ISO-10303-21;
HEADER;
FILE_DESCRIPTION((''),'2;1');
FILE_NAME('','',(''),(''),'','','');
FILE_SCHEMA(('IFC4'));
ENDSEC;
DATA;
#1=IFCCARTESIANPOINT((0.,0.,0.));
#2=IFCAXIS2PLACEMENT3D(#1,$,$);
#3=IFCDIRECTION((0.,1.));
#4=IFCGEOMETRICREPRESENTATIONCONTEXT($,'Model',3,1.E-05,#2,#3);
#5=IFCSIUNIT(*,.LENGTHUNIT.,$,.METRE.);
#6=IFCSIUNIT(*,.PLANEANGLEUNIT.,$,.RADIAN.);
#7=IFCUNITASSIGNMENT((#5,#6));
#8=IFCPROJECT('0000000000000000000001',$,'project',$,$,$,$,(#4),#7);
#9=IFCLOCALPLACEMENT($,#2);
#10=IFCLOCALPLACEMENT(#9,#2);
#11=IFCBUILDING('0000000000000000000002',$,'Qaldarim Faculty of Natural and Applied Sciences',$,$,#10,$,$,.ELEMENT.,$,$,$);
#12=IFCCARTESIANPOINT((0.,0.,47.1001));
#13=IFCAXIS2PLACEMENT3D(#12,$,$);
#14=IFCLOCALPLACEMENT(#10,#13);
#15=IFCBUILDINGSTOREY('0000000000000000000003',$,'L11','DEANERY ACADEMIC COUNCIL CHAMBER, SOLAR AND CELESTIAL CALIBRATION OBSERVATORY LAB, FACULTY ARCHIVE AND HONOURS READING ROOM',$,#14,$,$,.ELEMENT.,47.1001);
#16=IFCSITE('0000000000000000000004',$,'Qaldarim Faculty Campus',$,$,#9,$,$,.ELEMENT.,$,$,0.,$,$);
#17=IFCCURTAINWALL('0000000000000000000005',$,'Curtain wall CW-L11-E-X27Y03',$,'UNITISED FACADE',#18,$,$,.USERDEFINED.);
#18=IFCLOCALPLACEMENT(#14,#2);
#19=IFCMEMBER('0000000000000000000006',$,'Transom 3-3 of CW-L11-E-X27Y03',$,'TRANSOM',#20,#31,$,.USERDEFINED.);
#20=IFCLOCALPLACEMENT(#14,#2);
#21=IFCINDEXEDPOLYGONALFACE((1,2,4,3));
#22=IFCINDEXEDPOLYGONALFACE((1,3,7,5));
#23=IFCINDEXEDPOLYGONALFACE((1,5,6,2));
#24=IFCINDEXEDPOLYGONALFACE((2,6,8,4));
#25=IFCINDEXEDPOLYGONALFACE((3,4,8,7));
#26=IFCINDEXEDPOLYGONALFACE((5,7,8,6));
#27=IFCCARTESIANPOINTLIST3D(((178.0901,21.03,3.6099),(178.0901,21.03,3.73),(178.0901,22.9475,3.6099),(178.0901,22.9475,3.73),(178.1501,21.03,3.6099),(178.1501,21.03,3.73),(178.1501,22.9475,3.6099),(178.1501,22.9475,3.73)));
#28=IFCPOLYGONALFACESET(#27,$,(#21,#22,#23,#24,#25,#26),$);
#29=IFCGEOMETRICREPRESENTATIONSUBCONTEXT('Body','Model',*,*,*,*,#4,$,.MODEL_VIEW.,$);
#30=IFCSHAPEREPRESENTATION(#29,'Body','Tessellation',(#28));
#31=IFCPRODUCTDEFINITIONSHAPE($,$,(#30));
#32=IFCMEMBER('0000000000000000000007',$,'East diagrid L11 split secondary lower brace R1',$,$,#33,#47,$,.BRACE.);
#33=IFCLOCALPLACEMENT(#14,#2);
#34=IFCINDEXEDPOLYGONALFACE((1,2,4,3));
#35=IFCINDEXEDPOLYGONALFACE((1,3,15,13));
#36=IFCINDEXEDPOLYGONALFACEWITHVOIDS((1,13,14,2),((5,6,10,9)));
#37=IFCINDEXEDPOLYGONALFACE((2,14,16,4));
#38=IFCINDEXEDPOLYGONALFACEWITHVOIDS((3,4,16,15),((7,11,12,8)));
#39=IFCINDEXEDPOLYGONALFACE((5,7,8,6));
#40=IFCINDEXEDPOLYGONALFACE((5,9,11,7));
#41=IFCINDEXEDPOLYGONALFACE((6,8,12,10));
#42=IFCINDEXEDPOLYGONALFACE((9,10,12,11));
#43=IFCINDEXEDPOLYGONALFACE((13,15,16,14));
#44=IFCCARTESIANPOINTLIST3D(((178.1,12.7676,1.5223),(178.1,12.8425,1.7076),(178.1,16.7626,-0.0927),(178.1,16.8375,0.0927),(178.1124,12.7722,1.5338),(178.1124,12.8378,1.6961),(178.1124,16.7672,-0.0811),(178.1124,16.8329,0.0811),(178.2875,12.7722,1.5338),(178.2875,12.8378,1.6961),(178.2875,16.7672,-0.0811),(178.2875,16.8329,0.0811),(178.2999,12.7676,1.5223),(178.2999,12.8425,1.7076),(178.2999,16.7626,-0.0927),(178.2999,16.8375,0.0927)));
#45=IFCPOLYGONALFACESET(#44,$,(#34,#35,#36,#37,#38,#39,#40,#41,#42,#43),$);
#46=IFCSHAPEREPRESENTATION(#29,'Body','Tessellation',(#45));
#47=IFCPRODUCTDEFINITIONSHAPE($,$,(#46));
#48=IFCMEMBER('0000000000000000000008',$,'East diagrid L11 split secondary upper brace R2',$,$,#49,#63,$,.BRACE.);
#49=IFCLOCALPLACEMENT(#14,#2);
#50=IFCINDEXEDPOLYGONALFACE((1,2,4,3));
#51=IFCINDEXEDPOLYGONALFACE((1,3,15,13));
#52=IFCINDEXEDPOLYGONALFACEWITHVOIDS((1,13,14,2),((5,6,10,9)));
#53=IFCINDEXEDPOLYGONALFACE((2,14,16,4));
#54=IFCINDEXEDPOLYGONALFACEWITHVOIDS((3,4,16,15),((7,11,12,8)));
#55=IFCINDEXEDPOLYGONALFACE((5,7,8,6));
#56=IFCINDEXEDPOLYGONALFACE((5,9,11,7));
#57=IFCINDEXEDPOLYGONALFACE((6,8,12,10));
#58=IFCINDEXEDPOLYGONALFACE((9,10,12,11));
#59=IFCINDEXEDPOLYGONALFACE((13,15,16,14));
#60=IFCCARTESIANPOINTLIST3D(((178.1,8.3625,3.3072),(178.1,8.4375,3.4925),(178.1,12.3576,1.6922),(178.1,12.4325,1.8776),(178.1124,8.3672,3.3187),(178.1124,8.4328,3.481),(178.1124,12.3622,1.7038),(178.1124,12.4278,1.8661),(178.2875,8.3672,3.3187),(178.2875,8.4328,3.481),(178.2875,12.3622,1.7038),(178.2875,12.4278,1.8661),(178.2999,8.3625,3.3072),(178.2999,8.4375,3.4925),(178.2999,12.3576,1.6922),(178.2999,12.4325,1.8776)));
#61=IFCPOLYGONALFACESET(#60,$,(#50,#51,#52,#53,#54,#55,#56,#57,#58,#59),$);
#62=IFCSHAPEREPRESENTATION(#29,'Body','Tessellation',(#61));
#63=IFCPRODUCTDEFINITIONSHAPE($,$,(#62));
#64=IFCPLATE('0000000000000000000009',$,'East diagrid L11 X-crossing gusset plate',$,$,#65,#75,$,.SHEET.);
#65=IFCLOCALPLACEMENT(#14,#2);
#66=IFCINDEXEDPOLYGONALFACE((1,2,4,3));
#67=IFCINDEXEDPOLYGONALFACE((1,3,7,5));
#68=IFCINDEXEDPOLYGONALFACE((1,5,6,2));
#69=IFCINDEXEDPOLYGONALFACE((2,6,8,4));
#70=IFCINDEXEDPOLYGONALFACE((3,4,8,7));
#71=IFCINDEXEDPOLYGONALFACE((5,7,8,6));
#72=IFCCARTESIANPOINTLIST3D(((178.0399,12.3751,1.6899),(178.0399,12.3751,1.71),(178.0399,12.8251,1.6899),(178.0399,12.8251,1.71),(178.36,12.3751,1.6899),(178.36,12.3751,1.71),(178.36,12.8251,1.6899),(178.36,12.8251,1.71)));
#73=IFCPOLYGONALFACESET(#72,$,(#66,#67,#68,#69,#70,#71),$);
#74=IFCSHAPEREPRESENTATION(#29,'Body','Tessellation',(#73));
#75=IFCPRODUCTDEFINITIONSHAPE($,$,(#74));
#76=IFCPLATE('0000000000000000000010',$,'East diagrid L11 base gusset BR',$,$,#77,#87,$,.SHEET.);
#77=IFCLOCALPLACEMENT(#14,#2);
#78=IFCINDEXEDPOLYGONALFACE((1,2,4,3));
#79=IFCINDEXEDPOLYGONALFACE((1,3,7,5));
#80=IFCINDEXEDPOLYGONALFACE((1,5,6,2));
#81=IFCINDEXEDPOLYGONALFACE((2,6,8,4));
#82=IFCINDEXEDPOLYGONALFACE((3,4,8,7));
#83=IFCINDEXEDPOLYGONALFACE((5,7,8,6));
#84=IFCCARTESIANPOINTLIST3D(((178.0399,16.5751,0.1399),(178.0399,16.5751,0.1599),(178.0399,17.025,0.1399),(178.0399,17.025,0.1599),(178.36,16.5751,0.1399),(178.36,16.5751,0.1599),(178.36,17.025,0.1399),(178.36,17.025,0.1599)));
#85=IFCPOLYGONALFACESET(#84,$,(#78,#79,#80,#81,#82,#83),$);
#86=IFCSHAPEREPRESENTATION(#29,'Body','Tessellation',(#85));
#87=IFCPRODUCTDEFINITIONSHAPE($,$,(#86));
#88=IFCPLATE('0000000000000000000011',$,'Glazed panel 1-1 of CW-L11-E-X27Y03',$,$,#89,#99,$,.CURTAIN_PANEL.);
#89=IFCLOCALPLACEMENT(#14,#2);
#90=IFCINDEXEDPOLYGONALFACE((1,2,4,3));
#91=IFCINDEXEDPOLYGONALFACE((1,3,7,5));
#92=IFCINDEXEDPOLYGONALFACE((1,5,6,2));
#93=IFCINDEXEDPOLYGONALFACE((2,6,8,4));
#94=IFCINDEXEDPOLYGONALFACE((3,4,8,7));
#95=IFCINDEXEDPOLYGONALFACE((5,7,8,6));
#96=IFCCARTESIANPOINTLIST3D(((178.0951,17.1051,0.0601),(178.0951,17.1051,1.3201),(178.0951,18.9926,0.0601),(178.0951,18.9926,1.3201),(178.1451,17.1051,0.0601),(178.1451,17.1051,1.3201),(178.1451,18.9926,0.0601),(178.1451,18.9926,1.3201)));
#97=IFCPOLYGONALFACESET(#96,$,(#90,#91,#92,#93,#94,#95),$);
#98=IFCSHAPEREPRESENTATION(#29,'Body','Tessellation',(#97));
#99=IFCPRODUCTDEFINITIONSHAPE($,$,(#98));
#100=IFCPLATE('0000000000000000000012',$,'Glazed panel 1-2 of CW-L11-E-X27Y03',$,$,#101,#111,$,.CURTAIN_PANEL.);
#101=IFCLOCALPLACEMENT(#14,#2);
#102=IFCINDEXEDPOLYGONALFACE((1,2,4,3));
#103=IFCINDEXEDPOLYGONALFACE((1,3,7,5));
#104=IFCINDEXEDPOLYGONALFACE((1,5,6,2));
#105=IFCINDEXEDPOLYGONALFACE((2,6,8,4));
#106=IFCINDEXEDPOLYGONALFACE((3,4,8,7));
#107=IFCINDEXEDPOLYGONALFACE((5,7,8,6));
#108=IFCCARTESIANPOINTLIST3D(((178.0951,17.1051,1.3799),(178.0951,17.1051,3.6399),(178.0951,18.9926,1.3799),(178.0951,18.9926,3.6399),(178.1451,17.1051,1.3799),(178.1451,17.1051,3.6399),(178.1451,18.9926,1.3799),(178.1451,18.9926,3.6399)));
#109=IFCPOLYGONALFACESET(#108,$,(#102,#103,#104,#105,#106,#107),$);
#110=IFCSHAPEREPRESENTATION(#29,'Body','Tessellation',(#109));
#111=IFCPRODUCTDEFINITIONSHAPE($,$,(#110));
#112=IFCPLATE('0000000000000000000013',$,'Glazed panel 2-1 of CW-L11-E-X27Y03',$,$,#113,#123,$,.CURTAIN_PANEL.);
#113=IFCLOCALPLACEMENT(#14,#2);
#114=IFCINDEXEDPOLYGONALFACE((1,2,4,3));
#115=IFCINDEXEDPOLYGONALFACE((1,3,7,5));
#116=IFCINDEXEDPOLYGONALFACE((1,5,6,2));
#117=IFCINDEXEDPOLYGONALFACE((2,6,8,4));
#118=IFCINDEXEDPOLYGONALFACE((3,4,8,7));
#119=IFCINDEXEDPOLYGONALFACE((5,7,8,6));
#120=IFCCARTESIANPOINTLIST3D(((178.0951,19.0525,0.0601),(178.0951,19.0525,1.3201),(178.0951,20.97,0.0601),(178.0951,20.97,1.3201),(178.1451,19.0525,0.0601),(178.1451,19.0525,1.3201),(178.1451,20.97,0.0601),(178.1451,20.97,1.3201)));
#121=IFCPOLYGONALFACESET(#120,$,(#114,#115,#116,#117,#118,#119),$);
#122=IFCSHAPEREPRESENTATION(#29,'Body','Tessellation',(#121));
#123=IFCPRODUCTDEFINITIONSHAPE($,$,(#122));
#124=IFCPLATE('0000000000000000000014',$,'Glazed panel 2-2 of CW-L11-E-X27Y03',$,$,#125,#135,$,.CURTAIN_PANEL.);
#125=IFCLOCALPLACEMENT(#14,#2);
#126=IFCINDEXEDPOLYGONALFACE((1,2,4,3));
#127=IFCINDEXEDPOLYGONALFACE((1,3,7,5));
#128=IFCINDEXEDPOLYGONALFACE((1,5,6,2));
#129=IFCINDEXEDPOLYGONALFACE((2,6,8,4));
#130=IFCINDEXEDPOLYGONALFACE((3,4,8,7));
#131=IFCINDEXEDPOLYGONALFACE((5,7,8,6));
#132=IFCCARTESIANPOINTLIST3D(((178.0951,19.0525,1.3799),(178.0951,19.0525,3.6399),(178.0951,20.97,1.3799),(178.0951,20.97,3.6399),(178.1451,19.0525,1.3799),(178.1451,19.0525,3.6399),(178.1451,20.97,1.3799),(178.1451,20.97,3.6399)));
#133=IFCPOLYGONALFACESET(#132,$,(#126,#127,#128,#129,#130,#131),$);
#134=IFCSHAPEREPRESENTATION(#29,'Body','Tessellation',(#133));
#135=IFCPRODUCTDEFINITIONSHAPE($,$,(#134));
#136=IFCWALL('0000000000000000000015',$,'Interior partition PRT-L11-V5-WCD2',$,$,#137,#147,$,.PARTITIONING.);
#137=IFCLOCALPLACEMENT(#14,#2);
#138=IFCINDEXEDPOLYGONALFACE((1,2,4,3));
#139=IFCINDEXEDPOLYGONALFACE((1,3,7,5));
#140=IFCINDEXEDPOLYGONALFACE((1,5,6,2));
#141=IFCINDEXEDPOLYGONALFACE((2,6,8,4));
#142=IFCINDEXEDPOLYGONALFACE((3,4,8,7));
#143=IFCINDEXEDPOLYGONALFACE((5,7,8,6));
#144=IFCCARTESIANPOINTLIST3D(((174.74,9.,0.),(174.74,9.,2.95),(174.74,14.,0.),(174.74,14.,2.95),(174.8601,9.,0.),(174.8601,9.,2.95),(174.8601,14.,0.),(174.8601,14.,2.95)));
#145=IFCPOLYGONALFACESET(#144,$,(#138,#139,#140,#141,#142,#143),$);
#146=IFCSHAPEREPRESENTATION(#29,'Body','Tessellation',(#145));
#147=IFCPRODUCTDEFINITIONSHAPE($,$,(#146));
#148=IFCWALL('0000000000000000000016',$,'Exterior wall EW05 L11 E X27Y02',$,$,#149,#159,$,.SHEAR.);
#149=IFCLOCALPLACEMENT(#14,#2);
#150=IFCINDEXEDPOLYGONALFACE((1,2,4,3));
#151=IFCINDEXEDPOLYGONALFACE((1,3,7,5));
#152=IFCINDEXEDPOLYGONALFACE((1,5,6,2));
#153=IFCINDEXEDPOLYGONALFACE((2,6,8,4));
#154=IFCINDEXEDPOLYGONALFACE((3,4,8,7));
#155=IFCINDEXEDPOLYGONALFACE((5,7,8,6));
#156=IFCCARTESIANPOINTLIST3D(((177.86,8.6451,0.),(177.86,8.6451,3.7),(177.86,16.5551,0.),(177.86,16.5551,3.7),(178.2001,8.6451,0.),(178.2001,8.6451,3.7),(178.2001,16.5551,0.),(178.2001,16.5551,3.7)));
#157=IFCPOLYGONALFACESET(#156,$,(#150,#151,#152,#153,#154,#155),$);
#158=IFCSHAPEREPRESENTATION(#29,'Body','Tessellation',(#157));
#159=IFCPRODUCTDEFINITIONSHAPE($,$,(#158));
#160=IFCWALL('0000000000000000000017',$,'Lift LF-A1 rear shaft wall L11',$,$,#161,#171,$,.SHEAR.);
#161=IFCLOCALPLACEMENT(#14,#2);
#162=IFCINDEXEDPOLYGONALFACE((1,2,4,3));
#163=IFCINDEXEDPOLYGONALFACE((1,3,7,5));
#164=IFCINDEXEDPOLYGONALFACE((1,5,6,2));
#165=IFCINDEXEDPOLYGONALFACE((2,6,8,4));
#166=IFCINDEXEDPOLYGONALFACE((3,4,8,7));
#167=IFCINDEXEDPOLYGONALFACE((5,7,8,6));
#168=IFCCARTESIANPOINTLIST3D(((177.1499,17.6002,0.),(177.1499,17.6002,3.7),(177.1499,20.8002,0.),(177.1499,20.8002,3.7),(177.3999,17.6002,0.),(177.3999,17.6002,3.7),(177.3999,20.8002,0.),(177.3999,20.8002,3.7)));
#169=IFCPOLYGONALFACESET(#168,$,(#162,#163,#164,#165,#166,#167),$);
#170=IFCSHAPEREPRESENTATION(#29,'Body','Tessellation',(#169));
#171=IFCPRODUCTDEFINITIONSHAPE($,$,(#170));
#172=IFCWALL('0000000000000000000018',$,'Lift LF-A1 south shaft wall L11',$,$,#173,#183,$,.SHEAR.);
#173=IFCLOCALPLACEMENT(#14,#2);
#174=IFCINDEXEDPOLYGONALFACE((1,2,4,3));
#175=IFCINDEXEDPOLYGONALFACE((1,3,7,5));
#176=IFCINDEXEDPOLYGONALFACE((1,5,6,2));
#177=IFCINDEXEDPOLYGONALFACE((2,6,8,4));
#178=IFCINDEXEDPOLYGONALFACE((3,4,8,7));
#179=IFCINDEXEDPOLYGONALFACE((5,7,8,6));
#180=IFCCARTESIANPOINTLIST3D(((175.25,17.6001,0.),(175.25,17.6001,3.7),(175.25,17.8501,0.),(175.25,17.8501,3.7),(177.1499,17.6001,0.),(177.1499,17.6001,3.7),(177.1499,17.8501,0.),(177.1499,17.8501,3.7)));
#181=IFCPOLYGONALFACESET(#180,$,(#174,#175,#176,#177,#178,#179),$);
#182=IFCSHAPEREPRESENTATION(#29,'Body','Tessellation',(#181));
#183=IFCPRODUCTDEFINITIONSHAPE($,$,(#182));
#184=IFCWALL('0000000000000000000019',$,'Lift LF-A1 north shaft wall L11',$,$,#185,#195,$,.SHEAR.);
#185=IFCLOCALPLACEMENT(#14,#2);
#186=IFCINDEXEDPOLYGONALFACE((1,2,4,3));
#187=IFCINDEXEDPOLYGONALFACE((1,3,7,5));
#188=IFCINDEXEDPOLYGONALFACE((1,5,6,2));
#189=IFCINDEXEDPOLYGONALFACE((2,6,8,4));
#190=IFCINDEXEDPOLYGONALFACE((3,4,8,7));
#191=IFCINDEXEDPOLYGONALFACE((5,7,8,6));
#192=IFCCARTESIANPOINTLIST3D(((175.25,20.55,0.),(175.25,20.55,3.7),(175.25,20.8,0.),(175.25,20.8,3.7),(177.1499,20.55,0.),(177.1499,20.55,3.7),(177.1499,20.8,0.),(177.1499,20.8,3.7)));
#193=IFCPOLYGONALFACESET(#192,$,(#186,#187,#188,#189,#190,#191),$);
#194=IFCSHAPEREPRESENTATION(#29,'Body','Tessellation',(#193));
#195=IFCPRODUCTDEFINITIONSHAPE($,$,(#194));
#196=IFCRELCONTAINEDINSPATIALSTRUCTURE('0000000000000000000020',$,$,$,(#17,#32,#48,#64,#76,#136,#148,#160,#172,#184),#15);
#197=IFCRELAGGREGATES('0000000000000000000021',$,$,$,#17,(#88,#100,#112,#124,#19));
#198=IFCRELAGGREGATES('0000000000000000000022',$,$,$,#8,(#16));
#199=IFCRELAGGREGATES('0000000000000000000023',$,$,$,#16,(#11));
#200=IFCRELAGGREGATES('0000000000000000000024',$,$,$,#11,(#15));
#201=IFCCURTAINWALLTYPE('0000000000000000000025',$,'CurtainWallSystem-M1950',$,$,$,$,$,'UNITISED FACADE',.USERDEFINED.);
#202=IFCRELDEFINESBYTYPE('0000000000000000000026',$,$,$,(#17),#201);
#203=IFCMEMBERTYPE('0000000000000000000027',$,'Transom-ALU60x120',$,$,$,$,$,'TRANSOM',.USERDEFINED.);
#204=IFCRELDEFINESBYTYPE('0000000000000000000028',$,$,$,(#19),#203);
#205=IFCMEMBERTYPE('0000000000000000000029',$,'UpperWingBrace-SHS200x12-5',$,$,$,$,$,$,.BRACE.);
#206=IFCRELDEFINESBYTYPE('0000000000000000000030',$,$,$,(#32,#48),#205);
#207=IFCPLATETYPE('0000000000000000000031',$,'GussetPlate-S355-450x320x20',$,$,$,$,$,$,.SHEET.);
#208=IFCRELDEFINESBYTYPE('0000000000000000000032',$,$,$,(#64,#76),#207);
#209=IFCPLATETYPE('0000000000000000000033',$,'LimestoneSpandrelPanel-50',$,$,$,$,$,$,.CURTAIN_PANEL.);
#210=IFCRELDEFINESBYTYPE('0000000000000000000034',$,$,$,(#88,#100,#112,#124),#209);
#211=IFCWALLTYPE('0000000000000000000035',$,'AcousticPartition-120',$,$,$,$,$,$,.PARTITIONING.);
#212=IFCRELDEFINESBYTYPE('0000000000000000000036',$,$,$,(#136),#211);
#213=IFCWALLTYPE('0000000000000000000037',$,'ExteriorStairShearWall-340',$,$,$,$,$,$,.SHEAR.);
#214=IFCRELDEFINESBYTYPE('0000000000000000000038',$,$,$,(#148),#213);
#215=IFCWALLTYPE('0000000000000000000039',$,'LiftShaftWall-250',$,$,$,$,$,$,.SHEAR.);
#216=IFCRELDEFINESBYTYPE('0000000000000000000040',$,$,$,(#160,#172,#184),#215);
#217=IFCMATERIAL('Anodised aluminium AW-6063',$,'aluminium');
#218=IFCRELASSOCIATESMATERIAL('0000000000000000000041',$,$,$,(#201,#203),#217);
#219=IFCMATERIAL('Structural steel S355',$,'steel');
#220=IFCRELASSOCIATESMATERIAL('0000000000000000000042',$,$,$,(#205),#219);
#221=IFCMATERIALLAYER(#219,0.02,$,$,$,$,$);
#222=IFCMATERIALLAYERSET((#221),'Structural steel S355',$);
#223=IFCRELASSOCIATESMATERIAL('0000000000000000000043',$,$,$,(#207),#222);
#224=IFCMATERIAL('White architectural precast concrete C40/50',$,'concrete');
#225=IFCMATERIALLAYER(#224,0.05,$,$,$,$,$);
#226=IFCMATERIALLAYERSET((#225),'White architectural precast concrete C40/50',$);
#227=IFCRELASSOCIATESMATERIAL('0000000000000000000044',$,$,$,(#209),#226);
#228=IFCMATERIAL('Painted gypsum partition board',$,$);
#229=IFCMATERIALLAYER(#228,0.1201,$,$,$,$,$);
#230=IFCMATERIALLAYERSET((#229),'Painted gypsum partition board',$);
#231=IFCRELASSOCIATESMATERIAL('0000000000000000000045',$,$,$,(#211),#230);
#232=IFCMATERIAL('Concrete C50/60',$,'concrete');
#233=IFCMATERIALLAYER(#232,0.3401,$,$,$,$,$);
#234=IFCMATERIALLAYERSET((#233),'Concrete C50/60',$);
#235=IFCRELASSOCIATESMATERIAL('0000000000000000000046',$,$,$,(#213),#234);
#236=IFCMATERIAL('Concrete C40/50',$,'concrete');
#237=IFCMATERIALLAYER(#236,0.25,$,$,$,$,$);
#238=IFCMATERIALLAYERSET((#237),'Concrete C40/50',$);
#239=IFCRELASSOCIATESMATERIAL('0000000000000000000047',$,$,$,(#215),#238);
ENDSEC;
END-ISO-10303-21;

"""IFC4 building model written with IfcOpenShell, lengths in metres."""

from ifc_helpers import new_model, si_unit, direction, frame, frame_2d, origin, origin_2d, place, context, subcontext, project, spatial, rectangle, hollow_rectangle, extrude, material, layer, layer_set, material_profile, profile_set, type_object, element, aggregate, save


model = new_model("IFC4")

# Units and contexts
model_context = context("Model", 3, precision=1e-05, world=origin(), true_north=direction((0.0, 1.0)))
body_context = subcontext(model_context, "Body", "Model", "MODEL_VIEW")
ifc_project = project(units=[si_unit("LENGTHUNIT", "METRE"), si_unit("PLANEANGLEUNIT", "RADIAN")], contexts=[model_context])

# Site, building, storey
site_placement = place(None, origin())
site = spatial("IfcSite", under=ifc_project, at=site_placement, Name="Qaldarim Faculty Campus", CompositionType="ELEMENT", RefElevation=0.0)
building_placement = place(site_placement, origin())
building = spatial("IfcBuilding", under=site, at=building_placement, Name="Qaldarim Faculty of Natural and Applied Sciences", CompositionType="ELEMENT")
storey_placement = place(building_placement, frame((0.0, 0.0, 47.1001)))
storey = spatial("IfcBuildingStorey", under=building, at=storey_placement, Name="L11", Description="DEANERY ACADEMIC COUNCIL CHAMBER, SOLAR AND CELESTIAL CALIBRATION OBSERVATORY LAB, FACULTY ARCHIVE AND HONOURS READING ROOM", CompositionType="ELEMENT", Elevation=47.1001)

# Shared definitions
ifc_material_1 = material(Name="Concrete C50/60", Category="concrete")

# Shared definitions
ifc_material_2 = material(Name="Concrete C40/50", Category="concrete")

# Curtain wall
ifc_material_3 = material(Name="Anodised aluminium AW-6063", Category="aluminium")
curtain_wall_type = type_object("IfcCurtainWallType", Name="CurtainWallSystem-M1950", ElementType="UNITISED FACADE", PredefinedType="USERDEFINED", material=ifc_material_3)
curtain_wall_placement = place(storey_placement, origin())
curtain_wall = element("IfcCurtainWall", 1, at=curtain_wall_placement, inside=storey, type_object=curtain_wall_type, Name="Curtain wall CW-L11-E-X27Y03", ObjectType="UNITISED FACADE", PredefinedType="USERDEFINED")

# Member
ifc_material_profile_1 = material_profile(ifc_material_3, rectangle(XDim=0.0601, YDim=0.1201, at=origin_2d()), Name="ALU-T60x120")
ifc_profile_set_1 = profile_set([ifc_material_profile_1], Name="Anodised aluminium AW-6063")
member_type_1 = type_object("IfcMemberType", Name="Transom-ALU60x120", ElementType="TRANSOM", PredefinedType="USERDEFINED", material=ifc_profile_set_1)
member_1_placement = place(storey_placement, frame((178.1201, 21.03, 3.6699), z_axis=(0.0, 1.0, 0.0), x_axis=(-1.0, 0.0, 0.0)))
member_1 = element("IfcMember", 2, at=member_1_placement, type_object=member_type_1, Name="Transom 3-3 of CW-L11-E-X27Y03", ObjectType="TRANSOM", PredefinedType="USERDEFINED", context=body_context, shape_type="SweptSolid", body=[
    extrude(rectangle(XDim=0.0601, YDim=0.1201, at=origin_2d()), origin(), (0.0, 0.0, 1.0), 1.9175),
])

# Members
ifc_material_4 = material(Name="Structural steel S355", Category="steel")
ifc_material_profile_2 = material_profile(ifc_material_4, hollow_rectangle(XDim=0.2, YDim=0.2, WallThickness=0.0125, at=origin_2d()), Name="SHS 200x200x12.5")
ifc_profile_set_2 = profile_set([ifc_material_profile_2], Name="Structural steel S355")
member_type_2 = type_object("IfcMemberType", Name="UpperWingBrace-SHS200x12-5", PredefinedType="BRACE", material=ifc_profile_set_2)
for number, where, z_axis, x_axis, name in (
    (3, (178.2, 16.8, 0.0), (0.0, -0.927115, 0.374778), (1.0, 0.0, 0.0), "East diagrid L11 split secondary lower brace R1"),
    (4, (178.2, 12.395, 1.7849), (0.0, -0.927115, 0.374778), (1.0, 0.0, 0.0), "East diagrid L11 split secondary upper brace R2"),
):
    element("IfcMember", number, at=place(storey_placement, frame(where, z_axis=z_axis, x_axis=x_axis)), inside=storey, type_object=member_type_2, Name=name, PredefinedType="BRACE", context=body_context, shape_type="SweptSolid", body=[
        extrude(hollow_rectangle(XDim=0.2, YDim=0.2, WallThickness=0.0125, at=origin_2d()), origin(), (0.0, 0.0, 1.0), 4.3091),
    ])

# Plates
ifc_layer_1 = layer(ifc_material_4, 0.02)
ifc_layer_set_1 = layer_set([ifc_layer_1], Name="Structural steel S355")
plate_type_1 = type_object("IfcPlateType", Name="GussetPlate-S355-450x320x20", PredefinedType="SHEET", material=ifc_layer_set_1)
for number, where, z_axis, x_axis, name in (
    (5, (178.2, 12.6001, 1.6899), (0.0, 0.0, 1.0), (0.0, 1.0, 0.0), "East diagrid L11 X-crossing gusset plate"),
    (6, (178.2, 16.8, 0.1399), (0.0, 0.0, 1.0), (0.0, 1.0, 0.0), "East diagrid L11 base gusset BR"),
):
    element("IfcPlate", number, at=place(storey_placement, frame(where, z_axis=z_axis, x_axis=x_axis)), inside=storey, type_object=plate_type_1, Name=name, PredefinedType="SHEET", context=body_context, shape_type="SweptSolid", body=[
        extrude(rectangle(XDim=0.45, YDim=0.3201, at=origin_2d()), origin(), (0.0, 0.0, 1.0), 0.02),
    ])

# Plates
ifc_material_5 = material(Name="White architectural precast concrete C40/50", Category="concrete")
ifc_layer_2 = layer(ifc_material_5, 0.05)
ifc_layer_set_2 = layer_set([ifc_layer_2], Name="White architectural precast concrete C40/50")
plate_type_2 = type_object("IfcPlateType", Name="LimestoneSpandrelPanel-50", PredefinedType="CURTAIN_PANEL", material=ifc_layer_set_2)
plate_1_placement = place(storey_placement, frame((178.1201, 18.0488, 0.0601), z_axis=(0.0, 0.0, 1.0), x_axis=(0.0, 1.0, 0.0)))
plate_1 = element("IfcPlate", 7, at=plate_1_placement, type_object=plate_type_2, Name="Glazed panel 1-1 of CW-L11-E-X27Y03", PredefinedType="CURTAIN_PANEL", context=body_context, shape_type="SweptSolid", body=[
    extrude(rectangle(XDim=1.8875, YDim=0.05, at=origin_2d()), origin(), (0.0, 0.0, 1.0), 1.26),
])
plate_2_placement = place(storey_placement, frame((178.1201, 18.0488, 1.3799), z_axis=(0.0, 0.0, 1.0), x_axis=(0.0, 1.0, 0.0)))
plate_2 = element("IfcPlate", 8, at=plate_2_placement, type_object=plate_type_2, Name="Glazed panel 1-2 of CW-L11-E-X27Y03", PredefinedType="CURTAIN_PANEL", context=body_context, shape_type="SweptSolid", body=[
    extrude(rectangle(XDim=1.8875, YDim=0.05, at=origin_2d()), origin(), (0.0, 0.0, 1.0), 2.26),
])
plate_3_placement = place(storey_placement, frame((178.1201, 20.0112, 0.0601), z_axis=(0.0, 0.0, 1.0), x_axis=(0.0, 1.0, 0.0)))
plate_3 = element("IfcPlate", 9, at=plate_3_placement, type_object=plate_type_2, Name="Glazed panel 2-1 of CW-L11-E-X27Y03", PredefinedType="CURTAIN_PANEL", context=body_context, shape_type="SweptSolid", body=[
    extrude(rectangle(XDim=1.9175, YDim=0.05, at=origin_2d()), origin(), (0.0, 0.0, 1.0), 1.26),
])
plate_4_placement = place(storey_placement, frame((178.1201, 20.0112, 1.3799), z_axis=(0.0, 0.0, 1.0), x_axis=(0.0, 1.0, 0.0)))
plate_4 = element("IfcPlate", 10, at=plate_4_placement, type_object=plate_type_2, Name="Glazed panel 2-2 of CW-L11-E-X27Y03", PredefinedType="CURTAIN_PANEL", context=body_context, shape_type="SweptSolid", body=[
    extrude(rectangle(XDim=1.9175, YDim=0.05, at=origin_2d()), origin(), (0.0, 0.0, 1.0), 2.26),
])
aggregate(curtain_wall, [plate_1, plate_2, plate_3, plate_4, member_1])

# Walls
ifc_material_6 = material(Name="Painted gypsum partition board")
ifc_layer_3 = layer(ifc_material_6, 0.1201)
ifc_layer_set_3 = layer_set([ifc_layer_3], Name="Painted gypsum partition board")
wall_type_1 = type_object("IfcWallType", Name="AcousticPartition-120", PredefinedType="PARTITIONING", material=ifc_layer_set_3)
wall_1_placement = place(storey_placement, frame((174.8, 9.0, 0.0), z_axis=(0.0, 0.0, 1.0), x_axis=(0.0, 1.0, 0.0)))
element("IfcWall", 11, at=wall_1_placement, inside=storey, type_object=wall_type_1, Name="Interior partition PRT-L11-V5-WCD2", PredefinedType="PARTITIONING", context=body_context, shape_type="SweptSolid", body=[
    extrude(rectangle(XDim=5.0, YDim=0.1201, at=frame_2d((2.5, 0.0))), origin(), (0.0, 0.0, 1.0), 2.95),
])
ifc_layer_4 = layer(ifc_material_1, 0.3401)
ifc_layer_set_4 = layer_set([ifc_layer_4], Name="Concrete C50/60")
wall_type_2 = type_object("IfcWallType", Name="ExteriorStairShearWall-340", PredefinedType="SHEAR", material=ifc_layer_set_4)
wall_2_placement = place(storey_placement, frame((178.03, 8.645, 0.0), z_axis=(0.0, 0.0, 1.0), x_axis=(0.0, 1.0, 0.0)))
element("IfcWall", 12, at=wall_2_placement, inside=storey, type_object=wall_type_2, Name="Exterior wall EW05 L11 E X27Y02", PredefinedType="SHEAR", context=body_context, shape_type="SweptSolid", body=[
    extrude(rectangle(XDim=7.9099, YDim=0.3401, at=frame_2d((3.9551, 0.0))), origin(), (0.0, 0.0, 1.0), 3.7),
])

# Shared definitions
ifc_layer_5 = layer(ifc_material_2, 0.25)
ifc_layer_set_5 = layer_set([ifc_layer_5], Name="Concrete C40/50")
wall_type_3 = type_object("IfcWallType", Name="LiftShaftWall-250", PredefinedType="SHEAR", material=ifc_layer_set_5)

# Walls
wall_3_placement = place(storey_placement, frame((177.2749, 17.6001, 0.0), z_axis=(0.0, 0.0, 1.0), x_axis=(0.0, 1.0, 0.0)))
element("IfcWall", 13, at=wall_3_placement, inside=storey, type_object=wall_type_3, Name="Lift LF-A1 rear shaft wall L11", PredefinedType="SHEAR", context=body_context, shape_type="SweptSolid", body=[
    extrude(rectangle(XDim=3.2, YDim=0.25, at=frame_2d((1.6001, 0.0))), origin(), (0.0, 0.0, 1.0), 3.7),
])
for number, where, z_axis, x_axis, name in (
    (14, (175.25, 17.7251, 0.0), (0.0, 0.0, 1.0), (1.0, 0.0, 0.0), "Lift LF-A1 south shaft wall L11"),
    (15, (175.25, 20.675, 0.0), (0.0, 0.0, 1.0), (1.0, 0.0, 0.0), "Lift LF-A1 north shaft wall L11"),
):
    element("IfcWall", number, at=place(storey_placement, frame(where, z_axis=z_axis, x_axis=x_axis)), inside=storey, type_object=wall_type_3, Name=name, PredefinedType="SHEAR", context=body_context, shape_type="SweptSolid", body=[
        extrude(rectangle(XDim=1.8999, YDim=0.25, at=frame_2d((0.95, 0.0))), origin(), (0.0, 0.0, 1.0), 3.7),
    ])

save(model, "model.ifc")
